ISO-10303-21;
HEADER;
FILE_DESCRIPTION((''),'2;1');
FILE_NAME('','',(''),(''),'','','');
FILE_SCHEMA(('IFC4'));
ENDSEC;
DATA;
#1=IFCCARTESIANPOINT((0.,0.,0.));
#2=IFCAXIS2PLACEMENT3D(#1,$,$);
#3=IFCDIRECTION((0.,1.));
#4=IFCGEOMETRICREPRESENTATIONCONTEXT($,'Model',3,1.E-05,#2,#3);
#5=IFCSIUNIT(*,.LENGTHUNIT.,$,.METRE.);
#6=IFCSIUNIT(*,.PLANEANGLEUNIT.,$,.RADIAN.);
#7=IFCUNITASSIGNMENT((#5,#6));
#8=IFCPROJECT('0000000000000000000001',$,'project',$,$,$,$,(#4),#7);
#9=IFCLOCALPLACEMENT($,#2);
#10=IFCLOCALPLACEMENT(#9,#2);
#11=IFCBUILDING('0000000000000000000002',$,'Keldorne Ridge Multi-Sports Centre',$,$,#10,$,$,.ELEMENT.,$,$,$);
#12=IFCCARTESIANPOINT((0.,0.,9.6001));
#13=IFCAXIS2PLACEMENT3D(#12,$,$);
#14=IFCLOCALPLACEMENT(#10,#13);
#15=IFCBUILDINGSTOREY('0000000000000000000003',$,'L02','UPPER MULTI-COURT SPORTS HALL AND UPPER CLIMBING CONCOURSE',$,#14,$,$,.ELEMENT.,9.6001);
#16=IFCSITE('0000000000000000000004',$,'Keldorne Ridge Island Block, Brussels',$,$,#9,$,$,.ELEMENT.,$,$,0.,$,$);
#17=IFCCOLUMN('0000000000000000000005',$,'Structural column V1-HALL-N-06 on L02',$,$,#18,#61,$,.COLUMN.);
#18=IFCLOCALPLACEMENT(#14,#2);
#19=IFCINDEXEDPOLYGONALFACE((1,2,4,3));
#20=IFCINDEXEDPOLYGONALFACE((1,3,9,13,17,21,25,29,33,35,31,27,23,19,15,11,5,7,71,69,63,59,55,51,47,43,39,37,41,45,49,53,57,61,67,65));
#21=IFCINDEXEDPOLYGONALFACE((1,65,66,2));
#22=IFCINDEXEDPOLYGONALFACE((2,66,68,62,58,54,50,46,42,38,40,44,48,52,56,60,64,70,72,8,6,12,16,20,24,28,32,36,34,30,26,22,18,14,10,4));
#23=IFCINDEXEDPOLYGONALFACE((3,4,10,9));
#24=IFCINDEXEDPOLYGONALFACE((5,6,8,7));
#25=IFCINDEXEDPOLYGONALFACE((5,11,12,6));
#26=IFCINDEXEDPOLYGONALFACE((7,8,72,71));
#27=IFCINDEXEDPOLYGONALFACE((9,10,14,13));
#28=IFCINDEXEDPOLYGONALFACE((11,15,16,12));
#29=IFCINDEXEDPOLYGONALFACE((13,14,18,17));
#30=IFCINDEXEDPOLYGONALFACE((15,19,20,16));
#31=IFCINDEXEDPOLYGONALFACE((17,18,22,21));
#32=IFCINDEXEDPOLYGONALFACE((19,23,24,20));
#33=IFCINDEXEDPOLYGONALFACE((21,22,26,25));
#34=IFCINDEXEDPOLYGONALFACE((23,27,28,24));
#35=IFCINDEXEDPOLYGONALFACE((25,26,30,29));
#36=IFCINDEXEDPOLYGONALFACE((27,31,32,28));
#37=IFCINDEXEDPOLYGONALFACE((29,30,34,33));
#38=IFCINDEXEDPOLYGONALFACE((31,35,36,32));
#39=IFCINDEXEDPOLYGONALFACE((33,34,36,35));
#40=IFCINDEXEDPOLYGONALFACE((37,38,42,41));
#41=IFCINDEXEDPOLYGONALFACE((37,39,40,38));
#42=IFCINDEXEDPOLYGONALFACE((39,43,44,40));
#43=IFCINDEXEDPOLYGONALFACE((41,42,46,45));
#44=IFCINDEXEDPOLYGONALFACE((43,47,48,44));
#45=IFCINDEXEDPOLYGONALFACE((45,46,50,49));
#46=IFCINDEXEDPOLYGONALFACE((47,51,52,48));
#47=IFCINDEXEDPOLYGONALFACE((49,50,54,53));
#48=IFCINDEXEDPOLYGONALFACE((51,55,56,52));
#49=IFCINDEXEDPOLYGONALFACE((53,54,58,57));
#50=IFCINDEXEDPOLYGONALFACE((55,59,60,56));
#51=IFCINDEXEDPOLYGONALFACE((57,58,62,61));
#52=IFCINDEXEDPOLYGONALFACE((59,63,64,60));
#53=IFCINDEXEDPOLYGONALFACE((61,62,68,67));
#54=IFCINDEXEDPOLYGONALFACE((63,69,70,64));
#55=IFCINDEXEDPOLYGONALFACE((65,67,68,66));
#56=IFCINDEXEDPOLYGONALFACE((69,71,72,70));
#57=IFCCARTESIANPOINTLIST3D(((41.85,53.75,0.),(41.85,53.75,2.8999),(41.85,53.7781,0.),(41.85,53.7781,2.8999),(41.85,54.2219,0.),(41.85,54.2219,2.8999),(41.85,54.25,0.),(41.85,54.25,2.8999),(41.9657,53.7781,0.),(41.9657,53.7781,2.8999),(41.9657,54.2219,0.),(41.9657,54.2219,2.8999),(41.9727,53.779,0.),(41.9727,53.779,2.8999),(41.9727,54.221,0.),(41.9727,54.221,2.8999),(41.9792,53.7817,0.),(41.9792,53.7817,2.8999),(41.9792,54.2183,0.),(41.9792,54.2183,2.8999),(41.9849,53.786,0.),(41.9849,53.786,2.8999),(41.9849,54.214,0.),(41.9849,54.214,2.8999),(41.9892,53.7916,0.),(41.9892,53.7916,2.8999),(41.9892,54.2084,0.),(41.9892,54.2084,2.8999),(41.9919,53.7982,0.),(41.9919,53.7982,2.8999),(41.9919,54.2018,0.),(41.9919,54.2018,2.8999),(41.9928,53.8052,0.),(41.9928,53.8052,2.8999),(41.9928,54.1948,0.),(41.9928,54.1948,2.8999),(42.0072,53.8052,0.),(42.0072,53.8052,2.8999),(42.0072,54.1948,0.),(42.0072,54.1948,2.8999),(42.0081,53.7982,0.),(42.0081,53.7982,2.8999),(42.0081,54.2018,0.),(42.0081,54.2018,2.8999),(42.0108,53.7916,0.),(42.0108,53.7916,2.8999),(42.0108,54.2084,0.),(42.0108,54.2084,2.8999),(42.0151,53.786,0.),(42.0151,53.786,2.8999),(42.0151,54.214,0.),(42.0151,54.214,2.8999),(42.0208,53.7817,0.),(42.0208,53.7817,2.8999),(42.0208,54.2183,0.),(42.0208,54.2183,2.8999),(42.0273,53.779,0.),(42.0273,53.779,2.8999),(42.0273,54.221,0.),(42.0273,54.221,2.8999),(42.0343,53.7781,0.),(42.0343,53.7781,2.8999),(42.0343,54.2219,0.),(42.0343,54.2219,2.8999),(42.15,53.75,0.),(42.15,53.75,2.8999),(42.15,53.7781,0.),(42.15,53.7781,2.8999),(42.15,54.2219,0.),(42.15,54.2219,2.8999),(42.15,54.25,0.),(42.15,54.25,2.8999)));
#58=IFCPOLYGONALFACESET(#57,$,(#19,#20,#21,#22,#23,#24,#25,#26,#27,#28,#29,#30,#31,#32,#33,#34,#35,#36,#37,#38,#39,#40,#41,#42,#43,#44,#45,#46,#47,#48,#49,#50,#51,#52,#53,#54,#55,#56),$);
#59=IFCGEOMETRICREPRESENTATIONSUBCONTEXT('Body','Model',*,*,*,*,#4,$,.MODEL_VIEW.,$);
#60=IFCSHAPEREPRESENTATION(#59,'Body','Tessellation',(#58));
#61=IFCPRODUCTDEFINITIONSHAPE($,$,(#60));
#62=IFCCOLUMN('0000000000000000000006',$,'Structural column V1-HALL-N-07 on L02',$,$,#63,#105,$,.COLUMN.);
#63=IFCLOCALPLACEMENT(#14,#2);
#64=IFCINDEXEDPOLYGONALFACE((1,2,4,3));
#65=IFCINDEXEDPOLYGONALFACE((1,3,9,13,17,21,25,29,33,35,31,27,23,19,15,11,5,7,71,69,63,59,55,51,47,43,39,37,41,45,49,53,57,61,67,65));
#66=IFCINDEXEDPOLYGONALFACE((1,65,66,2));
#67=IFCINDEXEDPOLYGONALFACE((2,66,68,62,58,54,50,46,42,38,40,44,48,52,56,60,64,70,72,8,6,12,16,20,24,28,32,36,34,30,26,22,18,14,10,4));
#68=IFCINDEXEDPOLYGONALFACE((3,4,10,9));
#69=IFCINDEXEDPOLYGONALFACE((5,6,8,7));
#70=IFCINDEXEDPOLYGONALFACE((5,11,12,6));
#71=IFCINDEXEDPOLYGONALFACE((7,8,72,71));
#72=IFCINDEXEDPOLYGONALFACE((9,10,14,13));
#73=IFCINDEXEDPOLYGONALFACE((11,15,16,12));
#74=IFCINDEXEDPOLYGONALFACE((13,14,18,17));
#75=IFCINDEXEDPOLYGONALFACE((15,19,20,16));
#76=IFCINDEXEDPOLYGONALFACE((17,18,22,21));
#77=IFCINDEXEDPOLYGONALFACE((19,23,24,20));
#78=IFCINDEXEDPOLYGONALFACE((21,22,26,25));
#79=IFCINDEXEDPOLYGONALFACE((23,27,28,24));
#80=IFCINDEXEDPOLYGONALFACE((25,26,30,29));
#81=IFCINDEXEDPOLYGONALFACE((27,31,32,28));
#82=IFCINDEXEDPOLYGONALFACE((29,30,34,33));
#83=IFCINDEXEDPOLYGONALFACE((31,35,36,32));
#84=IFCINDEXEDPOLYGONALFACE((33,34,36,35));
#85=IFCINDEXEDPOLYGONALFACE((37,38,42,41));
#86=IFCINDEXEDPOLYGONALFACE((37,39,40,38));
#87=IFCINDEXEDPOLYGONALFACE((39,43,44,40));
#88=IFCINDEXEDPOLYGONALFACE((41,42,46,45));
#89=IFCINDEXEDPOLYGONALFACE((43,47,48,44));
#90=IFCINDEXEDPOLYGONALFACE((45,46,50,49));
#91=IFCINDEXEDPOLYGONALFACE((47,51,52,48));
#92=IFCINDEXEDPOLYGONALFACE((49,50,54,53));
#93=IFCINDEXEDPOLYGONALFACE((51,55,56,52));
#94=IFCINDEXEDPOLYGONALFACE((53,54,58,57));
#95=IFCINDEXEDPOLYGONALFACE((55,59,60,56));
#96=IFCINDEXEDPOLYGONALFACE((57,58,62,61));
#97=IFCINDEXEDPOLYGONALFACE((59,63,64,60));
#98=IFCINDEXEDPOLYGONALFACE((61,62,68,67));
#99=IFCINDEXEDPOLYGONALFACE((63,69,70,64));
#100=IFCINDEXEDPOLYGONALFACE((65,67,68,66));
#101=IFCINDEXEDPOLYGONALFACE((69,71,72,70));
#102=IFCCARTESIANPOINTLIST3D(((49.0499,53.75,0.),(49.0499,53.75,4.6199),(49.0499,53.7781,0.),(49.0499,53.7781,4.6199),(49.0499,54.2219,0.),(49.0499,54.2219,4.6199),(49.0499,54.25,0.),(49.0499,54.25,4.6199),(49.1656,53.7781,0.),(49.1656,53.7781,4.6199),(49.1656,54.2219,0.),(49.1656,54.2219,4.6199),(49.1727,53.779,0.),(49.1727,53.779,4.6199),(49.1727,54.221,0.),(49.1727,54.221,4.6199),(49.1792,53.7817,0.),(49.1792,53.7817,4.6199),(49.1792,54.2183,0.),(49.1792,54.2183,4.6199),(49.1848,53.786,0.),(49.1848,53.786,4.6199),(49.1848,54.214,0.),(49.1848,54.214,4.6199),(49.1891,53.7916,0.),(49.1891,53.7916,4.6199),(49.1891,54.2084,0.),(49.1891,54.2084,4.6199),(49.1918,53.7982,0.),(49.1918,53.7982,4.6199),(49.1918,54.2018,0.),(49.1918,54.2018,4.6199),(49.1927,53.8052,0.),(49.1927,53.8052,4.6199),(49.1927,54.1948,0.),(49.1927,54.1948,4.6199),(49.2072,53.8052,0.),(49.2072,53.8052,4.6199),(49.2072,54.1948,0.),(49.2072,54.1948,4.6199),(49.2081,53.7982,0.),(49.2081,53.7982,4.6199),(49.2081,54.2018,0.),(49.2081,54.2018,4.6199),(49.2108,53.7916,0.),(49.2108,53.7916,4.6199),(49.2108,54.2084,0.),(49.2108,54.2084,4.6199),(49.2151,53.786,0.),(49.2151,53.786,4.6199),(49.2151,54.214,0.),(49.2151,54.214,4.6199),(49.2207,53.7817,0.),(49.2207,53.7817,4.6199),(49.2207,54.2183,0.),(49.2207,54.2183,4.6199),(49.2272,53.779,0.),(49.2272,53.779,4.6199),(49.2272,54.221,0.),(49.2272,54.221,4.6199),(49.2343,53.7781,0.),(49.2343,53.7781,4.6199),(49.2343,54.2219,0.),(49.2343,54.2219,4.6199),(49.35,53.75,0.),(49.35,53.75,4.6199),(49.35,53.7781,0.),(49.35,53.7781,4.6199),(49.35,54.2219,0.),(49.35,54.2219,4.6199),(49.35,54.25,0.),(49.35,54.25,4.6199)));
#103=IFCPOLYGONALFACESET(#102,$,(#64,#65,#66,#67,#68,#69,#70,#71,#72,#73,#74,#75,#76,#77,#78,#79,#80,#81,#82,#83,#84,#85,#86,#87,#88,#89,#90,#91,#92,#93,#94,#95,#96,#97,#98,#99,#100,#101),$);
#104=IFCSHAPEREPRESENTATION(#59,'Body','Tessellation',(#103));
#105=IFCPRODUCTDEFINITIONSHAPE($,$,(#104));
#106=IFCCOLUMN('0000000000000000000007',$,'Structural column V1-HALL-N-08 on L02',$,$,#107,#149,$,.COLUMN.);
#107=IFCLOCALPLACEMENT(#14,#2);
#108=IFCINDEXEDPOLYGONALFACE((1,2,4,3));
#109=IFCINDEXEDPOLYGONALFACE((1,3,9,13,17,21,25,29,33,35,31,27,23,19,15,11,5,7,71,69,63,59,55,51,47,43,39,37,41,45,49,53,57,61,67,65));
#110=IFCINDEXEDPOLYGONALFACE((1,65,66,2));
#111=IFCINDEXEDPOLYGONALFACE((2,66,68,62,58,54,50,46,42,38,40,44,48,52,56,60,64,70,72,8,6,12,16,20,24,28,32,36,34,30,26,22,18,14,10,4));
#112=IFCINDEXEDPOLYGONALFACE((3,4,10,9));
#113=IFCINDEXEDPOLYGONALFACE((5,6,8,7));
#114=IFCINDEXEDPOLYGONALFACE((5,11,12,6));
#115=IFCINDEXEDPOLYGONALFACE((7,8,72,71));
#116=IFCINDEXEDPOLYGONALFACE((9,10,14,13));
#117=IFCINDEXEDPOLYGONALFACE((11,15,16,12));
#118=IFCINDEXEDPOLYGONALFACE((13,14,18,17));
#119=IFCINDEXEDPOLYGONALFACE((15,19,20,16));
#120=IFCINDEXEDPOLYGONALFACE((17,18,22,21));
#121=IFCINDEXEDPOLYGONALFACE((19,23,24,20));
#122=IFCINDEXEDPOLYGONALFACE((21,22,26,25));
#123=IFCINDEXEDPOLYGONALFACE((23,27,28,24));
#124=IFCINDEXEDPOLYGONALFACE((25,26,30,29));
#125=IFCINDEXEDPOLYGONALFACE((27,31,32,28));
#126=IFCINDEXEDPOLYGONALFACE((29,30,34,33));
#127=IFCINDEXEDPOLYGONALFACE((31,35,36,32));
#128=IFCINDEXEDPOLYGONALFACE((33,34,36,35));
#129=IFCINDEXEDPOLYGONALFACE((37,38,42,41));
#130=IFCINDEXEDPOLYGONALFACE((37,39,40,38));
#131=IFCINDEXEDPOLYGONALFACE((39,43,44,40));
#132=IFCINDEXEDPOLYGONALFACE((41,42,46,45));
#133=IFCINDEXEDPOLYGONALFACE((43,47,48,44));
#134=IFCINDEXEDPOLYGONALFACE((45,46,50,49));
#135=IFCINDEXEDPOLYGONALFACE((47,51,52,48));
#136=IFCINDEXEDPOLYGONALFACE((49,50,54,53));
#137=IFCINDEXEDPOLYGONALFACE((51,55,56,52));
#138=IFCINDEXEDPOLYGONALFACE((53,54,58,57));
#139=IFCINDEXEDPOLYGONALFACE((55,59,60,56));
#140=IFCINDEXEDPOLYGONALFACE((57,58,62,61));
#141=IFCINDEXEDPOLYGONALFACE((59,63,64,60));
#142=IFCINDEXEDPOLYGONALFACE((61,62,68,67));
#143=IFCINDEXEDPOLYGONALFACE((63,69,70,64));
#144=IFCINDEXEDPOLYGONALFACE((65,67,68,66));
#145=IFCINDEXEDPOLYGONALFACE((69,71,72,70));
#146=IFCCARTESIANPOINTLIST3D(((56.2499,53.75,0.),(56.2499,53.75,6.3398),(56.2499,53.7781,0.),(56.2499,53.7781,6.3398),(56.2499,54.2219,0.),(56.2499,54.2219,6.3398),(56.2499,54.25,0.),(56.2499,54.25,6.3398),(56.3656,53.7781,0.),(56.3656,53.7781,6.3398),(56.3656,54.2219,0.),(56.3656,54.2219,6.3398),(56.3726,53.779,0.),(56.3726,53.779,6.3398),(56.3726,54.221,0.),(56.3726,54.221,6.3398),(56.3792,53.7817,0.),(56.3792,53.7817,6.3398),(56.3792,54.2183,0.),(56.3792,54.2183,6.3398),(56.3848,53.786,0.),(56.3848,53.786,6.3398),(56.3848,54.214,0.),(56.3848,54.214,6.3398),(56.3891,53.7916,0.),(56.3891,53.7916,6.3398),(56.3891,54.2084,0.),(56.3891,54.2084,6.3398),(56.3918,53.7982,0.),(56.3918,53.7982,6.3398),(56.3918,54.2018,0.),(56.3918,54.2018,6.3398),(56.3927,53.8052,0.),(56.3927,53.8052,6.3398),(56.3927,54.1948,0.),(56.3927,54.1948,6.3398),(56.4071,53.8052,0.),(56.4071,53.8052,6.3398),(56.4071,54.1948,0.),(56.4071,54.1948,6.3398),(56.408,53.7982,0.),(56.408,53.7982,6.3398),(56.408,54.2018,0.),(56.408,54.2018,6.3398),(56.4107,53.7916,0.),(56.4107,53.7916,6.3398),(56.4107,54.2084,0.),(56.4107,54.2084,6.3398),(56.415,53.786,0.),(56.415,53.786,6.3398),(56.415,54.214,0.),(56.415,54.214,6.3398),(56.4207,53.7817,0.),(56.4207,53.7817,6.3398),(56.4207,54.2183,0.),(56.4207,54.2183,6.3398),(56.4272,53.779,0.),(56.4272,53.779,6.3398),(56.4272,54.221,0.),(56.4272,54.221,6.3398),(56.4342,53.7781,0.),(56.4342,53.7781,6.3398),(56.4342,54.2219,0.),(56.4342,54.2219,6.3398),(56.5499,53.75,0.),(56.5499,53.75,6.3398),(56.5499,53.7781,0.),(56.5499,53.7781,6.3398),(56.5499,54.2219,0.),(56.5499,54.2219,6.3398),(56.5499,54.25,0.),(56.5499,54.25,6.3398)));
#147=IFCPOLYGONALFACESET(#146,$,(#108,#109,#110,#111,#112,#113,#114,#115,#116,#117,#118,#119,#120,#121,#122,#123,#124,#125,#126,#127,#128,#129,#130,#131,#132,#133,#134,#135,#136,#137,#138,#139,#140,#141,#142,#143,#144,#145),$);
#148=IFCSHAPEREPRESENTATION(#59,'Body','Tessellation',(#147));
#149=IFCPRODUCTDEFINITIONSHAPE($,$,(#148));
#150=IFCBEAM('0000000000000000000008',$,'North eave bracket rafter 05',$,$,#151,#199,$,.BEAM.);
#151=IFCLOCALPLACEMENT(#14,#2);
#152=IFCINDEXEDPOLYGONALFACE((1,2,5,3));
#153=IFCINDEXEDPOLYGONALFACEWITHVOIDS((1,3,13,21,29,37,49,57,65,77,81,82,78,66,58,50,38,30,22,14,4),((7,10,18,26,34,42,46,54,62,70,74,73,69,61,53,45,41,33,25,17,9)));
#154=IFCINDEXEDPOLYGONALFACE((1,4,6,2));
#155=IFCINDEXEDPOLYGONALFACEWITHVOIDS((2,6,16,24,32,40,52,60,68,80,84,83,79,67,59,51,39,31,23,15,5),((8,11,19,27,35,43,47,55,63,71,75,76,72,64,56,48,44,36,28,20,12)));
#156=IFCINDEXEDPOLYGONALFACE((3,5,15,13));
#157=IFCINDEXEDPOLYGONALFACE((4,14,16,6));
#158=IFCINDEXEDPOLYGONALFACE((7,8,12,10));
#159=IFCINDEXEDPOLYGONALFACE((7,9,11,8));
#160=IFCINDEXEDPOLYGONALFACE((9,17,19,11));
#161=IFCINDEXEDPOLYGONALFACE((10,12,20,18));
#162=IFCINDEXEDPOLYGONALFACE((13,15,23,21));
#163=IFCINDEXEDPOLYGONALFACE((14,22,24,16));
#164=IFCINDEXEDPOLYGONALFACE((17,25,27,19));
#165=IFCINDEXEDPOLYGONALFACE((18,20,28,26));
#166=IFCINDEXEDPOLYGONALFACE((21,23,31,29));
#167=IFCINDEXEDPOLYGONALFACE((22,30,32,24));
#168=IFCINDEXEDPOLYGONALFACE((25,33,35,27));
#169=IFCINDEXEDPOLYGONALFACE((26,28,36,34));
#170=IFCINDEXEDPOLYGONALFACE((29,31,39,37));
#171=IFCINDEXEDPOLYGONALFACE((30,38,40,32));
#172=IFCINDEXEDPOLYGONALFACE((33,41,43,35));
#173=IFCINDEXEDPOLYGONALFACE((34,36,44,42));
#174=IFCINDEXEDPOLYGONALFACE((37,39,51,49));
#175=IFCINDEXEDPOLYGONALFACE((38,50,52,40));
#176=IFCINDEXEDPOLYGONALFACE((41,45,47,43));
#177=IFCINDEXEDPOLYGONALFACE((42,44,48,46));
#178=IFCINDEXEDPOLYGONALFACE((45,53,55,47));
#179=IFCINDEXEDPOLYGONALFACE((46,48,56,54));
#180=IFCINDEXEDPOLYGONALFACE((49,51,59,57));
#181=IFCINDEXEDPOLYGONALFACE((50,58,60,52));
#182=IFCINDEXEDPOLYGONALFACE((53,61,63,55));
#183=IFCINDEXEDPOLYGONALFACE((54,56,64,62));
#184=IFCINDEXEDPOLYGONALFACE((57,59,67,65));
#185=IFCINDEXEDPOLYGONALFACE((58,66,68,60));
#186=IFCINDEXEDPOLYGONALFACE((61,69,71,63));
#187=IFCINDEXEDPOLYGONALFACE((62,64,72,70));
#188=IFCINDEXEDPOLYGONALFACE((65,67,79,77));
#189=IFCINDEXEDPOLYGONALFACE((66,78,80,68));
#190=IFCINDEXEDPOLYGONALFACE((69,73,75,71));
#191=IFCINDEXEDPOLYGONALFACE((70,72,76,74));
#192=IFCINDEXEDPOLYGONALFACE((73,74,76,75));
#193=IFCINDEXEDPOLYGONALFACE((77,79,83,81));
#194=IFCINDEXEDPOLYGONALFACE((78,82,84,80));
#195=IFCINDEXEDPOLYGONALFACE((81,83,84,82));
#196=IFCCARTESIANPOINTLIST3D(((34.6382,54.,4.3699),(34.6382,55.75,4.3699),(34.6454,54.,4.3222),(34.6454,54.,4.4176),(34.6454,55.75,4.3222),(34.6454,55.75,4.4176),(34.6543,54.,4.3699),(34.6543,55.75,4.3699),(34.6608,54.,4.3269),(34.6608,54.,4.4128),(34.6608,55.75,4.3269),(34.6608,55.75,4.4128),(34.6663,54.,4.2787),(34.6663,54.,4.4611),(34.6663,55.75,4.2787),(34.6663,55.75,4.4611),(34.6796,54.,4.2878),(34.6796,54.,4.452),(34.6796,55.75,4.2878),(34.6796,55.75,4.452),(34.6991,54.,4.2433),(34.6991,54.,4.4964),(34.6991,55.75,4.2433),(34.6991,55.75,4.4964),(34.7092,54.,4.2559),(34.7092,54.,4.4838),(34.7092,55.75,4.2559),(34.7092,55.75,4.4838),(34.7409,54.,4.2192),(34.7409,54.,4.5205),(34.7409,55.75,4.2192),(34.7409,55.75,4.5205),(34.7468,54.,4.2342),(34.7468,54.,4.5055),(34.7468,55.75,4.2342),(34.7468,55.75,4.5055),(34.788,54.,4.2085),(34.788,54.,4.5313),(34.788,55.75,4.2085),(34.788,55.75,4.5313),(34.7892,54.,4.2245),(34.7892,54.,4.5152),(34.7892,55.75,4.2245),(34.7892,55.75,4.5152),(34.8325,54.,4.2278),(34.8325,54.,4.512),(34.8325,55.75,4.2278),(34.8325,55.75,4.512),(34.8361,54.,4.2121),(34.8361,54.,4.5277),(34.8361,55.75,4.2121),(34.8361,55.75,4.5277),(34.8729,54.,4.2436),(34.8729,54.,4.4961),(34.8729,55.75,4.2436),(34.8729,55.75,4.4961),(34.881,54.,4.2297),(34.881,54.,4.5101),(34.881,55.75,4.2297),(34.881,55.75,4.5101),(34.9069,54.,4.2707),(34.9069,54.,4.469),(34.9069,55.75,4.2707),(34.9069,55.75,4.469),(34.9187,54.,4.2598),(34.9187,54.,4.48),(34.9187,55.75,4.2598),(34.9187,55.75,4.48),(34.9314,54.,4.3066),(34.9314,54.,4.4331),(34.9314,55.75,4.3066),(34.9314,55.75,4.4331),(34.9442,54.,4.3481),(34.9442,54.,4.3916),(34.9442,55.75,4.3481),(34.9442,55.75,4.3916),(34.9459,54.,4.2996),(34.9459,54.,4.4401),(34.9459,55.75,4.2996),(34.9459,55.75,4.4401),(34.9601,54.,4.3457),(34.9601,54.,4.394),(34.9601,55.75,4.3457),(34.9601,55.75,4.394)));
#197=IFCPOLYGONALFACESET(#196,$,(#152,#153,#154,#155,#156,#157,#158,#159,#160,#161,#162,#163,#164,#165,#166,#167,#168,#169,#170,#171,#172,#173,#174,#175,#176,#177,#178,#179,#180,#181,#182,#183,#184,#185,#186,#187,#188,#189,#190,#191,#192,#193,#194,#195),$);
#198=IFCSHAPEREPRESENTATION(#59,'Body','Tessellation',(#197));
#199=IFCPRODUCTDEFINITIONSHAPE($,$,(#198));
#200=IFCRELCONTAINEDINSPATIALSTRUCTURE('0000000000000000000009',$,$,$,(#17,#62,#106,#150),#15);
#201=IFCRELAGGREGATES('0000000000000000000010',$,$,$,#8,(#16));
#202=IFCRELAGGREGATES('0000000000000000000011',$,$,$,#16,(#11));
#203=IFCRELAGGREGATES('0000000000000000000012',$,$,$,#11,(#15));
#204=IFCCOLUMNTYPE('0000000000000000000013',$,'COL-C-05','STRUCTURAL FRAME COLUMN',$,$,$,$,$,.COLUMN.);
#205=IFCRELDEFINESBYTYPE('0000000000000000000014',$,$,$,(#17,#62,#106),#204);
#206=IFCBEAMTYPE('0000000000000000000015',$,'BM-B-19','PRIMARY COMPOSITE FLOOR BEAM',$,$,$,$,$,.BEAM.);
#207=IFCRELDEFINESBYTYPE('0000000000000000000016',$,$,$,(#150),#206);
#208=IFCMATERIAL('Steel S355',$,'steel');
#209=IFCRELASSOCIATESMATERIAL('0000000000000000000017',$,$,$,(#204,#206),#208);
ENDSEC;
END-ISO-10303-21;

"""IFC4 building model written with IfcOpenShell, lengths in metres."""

from ifc_helpers import new_model, si_unit, direction, frame, origin, origin_2d, place, context, subcontext, project, spatial, hollow_circle, i_section, extrude, material, material_profile, profile_set, type_object, element, save


model = new_model("IFC4")

# Units and contexts
model_context = context("Model", 3, precision=1e-05, world=origin(), true_north=direction((0.0, 1.0)))
body_context = subcontext(model_context, "Body", "Model", "MODEL_VIEW")
ifc_project = project(units=[si_unit("LENGTHUNIT", "METRE"), si_unit("PLANEANGLEUNIT", "RADIAN")], contexts=[model_context])

# Site, building, storey
site_placement = place(None, origin())
site = spatial("IfcSite", under=ifc_project, at=site_placement, Name="Keldorne Ridge Island Block, Brussels", CompositionType="ELEMENT", RefElevation=0.0)
building_placement = place(site_placement, origin())
building = spatial("IfcBuilding", under=site, at=building_placement, Name="Keldorne Ridge Multi-Sports Centre", CompositionType="ELEMENT")
storey_placement = place(building_placement, frame((0.0, 0.0, 9.6001)))
storey = spatial("IfcBuildingStorey", under=building, at=storey_placement, Name="L02", Description="UPPER MULTI-COURT SPORTS HALL AND UPPER CLIMBING CONCOURSE", CompositionType="ELEMENT", Elevation=9.6001)

# Columns
ifc_material = material(Name="Steel S355", Category="steel")
ifc_material_profile_1 = material_profile(ifc_material, i_section(OverallWidth=0.3, OverallDepth=0.5, WebThickness=0.0144, FlangeThickness=0.0281, FilletRadius=0.0271, at=origin_2d()), Name="HEB 500")
ifc_profile_set_1 = profile_set([ifc_material_profile_1], Name="Steel S355")
column_type = type_object("IfcColumnType", Name="COL-C-05", Description="STRUCTURAL FRAME COLUMN", PredefinedType="COLUMN", material=ifc_profile_set_1)
column_1_placement = place(storey_placement, frame((42.0, 54.0, 0.0), z_axis=(0.0, 0.0, 1.0), x_axis=(1.0, 0.0, 0.0)))
element("IfcColumn", 1, at=column_1_placement, inside=storey, type_object=column_type, Name="Structural column V1-HALL-N-06 on L02", PredefinedType="COLUMN", context=body_context, shape_type="SweptSolid", body=[
    extrude(i_section(OverallWidth=0.3, OverallDepth=0.5, WebThickness=0.0144, FlangeThickness=0.0281, FilletRadius=0.0271, at=origin_2d()), origin(), (0.0, 0.0, 1.0), 2.8999),
])
column_2_placement = place(storey_placement, frame((49.2, 54.0, 0.0), z_axis=(0.0, 0.0, 1.0), x_axis=(1.0, 0.0, 0.0)))
element("IfcColumn", 2, at=column_2_placement, inside=storey, type_object=column_type, Name="Structural column V1-HALL-N-07 on L02", PredefinedType="COLUMN", context=body_context, shape_type="SweptSolid", body=[
    extrude(i_section(OverallWidth=0.3, OverallDepth=0.5, WebThickness=0.0144, FlangeThickness=0.0281, FilletRadius=0.0271, at=origin_2d()), origin(), (0.0, 0.0, 1.0), 4.6199),
])
column_3_placement = place(storey_placement, frame((56.3999, 54.0, 0.0), z_axis=(0.0, 0.0, 1.0), x_axis=(1.0, 0.0, 0.0)))
element("IfcColumn", 3, at=column_3_placement, inside=storey, type_object=column_type, Name="Structural column V1-HALL-N-08 on L02", PredefinedType="COLUMN", context=body_context, shape_type="SweptSolid", body=[
    extrude(i_section(OverallWidth=0.3, OverallDepth=0.5, WebThickness=0.0144, FlangeThickness=0.0281, FilletRadius=0.0271, at=origin_2d()), origin(), (0.0, 0.0, 1.0), 6.3398),
])

# Beam
ifc_material_profile_2 = material_profile(ifc_material, hollow_circle(Radius=0.1619, WallThickness=0.0161, at=origin_2d()), Name="CHS 323.9x16")
ifc_profile_set_2 = profile_set([ifc_material_profile_2], Name="Steel S355")
beam_type = type_object("IfcBeamType", Name="BM-B-19", Description="PRIMARY COMPOSITE FLOOR BEAM", PredefinedType="BEAM", material=ifc_profile_set_2)
for number, where, z_axis, x_axis, name in (
    (4, (34.8, 54.0, 4.3699), (0.0, 1.0, 0.0), (-1.0, 0.0, 0.0), "North eave bracket rafter 05"),
):
    element("IfcBeam", number, at=place(storey_placement, frame(where, z_axis=z_axis, x_axis=x_axis)), inside=storey, type_object=beam_type, Name=name, PredefinedType="BEAM", context=body_context, shape_type="SweptSolid", body=[
        extrude(hollow_circle(Radius=0.1619, WallThickness=0.0161, at=origin_2d()), origin(), (0.0, 0.0, 1.0), 1.75),
    ])

save(model, "model.ifc")
